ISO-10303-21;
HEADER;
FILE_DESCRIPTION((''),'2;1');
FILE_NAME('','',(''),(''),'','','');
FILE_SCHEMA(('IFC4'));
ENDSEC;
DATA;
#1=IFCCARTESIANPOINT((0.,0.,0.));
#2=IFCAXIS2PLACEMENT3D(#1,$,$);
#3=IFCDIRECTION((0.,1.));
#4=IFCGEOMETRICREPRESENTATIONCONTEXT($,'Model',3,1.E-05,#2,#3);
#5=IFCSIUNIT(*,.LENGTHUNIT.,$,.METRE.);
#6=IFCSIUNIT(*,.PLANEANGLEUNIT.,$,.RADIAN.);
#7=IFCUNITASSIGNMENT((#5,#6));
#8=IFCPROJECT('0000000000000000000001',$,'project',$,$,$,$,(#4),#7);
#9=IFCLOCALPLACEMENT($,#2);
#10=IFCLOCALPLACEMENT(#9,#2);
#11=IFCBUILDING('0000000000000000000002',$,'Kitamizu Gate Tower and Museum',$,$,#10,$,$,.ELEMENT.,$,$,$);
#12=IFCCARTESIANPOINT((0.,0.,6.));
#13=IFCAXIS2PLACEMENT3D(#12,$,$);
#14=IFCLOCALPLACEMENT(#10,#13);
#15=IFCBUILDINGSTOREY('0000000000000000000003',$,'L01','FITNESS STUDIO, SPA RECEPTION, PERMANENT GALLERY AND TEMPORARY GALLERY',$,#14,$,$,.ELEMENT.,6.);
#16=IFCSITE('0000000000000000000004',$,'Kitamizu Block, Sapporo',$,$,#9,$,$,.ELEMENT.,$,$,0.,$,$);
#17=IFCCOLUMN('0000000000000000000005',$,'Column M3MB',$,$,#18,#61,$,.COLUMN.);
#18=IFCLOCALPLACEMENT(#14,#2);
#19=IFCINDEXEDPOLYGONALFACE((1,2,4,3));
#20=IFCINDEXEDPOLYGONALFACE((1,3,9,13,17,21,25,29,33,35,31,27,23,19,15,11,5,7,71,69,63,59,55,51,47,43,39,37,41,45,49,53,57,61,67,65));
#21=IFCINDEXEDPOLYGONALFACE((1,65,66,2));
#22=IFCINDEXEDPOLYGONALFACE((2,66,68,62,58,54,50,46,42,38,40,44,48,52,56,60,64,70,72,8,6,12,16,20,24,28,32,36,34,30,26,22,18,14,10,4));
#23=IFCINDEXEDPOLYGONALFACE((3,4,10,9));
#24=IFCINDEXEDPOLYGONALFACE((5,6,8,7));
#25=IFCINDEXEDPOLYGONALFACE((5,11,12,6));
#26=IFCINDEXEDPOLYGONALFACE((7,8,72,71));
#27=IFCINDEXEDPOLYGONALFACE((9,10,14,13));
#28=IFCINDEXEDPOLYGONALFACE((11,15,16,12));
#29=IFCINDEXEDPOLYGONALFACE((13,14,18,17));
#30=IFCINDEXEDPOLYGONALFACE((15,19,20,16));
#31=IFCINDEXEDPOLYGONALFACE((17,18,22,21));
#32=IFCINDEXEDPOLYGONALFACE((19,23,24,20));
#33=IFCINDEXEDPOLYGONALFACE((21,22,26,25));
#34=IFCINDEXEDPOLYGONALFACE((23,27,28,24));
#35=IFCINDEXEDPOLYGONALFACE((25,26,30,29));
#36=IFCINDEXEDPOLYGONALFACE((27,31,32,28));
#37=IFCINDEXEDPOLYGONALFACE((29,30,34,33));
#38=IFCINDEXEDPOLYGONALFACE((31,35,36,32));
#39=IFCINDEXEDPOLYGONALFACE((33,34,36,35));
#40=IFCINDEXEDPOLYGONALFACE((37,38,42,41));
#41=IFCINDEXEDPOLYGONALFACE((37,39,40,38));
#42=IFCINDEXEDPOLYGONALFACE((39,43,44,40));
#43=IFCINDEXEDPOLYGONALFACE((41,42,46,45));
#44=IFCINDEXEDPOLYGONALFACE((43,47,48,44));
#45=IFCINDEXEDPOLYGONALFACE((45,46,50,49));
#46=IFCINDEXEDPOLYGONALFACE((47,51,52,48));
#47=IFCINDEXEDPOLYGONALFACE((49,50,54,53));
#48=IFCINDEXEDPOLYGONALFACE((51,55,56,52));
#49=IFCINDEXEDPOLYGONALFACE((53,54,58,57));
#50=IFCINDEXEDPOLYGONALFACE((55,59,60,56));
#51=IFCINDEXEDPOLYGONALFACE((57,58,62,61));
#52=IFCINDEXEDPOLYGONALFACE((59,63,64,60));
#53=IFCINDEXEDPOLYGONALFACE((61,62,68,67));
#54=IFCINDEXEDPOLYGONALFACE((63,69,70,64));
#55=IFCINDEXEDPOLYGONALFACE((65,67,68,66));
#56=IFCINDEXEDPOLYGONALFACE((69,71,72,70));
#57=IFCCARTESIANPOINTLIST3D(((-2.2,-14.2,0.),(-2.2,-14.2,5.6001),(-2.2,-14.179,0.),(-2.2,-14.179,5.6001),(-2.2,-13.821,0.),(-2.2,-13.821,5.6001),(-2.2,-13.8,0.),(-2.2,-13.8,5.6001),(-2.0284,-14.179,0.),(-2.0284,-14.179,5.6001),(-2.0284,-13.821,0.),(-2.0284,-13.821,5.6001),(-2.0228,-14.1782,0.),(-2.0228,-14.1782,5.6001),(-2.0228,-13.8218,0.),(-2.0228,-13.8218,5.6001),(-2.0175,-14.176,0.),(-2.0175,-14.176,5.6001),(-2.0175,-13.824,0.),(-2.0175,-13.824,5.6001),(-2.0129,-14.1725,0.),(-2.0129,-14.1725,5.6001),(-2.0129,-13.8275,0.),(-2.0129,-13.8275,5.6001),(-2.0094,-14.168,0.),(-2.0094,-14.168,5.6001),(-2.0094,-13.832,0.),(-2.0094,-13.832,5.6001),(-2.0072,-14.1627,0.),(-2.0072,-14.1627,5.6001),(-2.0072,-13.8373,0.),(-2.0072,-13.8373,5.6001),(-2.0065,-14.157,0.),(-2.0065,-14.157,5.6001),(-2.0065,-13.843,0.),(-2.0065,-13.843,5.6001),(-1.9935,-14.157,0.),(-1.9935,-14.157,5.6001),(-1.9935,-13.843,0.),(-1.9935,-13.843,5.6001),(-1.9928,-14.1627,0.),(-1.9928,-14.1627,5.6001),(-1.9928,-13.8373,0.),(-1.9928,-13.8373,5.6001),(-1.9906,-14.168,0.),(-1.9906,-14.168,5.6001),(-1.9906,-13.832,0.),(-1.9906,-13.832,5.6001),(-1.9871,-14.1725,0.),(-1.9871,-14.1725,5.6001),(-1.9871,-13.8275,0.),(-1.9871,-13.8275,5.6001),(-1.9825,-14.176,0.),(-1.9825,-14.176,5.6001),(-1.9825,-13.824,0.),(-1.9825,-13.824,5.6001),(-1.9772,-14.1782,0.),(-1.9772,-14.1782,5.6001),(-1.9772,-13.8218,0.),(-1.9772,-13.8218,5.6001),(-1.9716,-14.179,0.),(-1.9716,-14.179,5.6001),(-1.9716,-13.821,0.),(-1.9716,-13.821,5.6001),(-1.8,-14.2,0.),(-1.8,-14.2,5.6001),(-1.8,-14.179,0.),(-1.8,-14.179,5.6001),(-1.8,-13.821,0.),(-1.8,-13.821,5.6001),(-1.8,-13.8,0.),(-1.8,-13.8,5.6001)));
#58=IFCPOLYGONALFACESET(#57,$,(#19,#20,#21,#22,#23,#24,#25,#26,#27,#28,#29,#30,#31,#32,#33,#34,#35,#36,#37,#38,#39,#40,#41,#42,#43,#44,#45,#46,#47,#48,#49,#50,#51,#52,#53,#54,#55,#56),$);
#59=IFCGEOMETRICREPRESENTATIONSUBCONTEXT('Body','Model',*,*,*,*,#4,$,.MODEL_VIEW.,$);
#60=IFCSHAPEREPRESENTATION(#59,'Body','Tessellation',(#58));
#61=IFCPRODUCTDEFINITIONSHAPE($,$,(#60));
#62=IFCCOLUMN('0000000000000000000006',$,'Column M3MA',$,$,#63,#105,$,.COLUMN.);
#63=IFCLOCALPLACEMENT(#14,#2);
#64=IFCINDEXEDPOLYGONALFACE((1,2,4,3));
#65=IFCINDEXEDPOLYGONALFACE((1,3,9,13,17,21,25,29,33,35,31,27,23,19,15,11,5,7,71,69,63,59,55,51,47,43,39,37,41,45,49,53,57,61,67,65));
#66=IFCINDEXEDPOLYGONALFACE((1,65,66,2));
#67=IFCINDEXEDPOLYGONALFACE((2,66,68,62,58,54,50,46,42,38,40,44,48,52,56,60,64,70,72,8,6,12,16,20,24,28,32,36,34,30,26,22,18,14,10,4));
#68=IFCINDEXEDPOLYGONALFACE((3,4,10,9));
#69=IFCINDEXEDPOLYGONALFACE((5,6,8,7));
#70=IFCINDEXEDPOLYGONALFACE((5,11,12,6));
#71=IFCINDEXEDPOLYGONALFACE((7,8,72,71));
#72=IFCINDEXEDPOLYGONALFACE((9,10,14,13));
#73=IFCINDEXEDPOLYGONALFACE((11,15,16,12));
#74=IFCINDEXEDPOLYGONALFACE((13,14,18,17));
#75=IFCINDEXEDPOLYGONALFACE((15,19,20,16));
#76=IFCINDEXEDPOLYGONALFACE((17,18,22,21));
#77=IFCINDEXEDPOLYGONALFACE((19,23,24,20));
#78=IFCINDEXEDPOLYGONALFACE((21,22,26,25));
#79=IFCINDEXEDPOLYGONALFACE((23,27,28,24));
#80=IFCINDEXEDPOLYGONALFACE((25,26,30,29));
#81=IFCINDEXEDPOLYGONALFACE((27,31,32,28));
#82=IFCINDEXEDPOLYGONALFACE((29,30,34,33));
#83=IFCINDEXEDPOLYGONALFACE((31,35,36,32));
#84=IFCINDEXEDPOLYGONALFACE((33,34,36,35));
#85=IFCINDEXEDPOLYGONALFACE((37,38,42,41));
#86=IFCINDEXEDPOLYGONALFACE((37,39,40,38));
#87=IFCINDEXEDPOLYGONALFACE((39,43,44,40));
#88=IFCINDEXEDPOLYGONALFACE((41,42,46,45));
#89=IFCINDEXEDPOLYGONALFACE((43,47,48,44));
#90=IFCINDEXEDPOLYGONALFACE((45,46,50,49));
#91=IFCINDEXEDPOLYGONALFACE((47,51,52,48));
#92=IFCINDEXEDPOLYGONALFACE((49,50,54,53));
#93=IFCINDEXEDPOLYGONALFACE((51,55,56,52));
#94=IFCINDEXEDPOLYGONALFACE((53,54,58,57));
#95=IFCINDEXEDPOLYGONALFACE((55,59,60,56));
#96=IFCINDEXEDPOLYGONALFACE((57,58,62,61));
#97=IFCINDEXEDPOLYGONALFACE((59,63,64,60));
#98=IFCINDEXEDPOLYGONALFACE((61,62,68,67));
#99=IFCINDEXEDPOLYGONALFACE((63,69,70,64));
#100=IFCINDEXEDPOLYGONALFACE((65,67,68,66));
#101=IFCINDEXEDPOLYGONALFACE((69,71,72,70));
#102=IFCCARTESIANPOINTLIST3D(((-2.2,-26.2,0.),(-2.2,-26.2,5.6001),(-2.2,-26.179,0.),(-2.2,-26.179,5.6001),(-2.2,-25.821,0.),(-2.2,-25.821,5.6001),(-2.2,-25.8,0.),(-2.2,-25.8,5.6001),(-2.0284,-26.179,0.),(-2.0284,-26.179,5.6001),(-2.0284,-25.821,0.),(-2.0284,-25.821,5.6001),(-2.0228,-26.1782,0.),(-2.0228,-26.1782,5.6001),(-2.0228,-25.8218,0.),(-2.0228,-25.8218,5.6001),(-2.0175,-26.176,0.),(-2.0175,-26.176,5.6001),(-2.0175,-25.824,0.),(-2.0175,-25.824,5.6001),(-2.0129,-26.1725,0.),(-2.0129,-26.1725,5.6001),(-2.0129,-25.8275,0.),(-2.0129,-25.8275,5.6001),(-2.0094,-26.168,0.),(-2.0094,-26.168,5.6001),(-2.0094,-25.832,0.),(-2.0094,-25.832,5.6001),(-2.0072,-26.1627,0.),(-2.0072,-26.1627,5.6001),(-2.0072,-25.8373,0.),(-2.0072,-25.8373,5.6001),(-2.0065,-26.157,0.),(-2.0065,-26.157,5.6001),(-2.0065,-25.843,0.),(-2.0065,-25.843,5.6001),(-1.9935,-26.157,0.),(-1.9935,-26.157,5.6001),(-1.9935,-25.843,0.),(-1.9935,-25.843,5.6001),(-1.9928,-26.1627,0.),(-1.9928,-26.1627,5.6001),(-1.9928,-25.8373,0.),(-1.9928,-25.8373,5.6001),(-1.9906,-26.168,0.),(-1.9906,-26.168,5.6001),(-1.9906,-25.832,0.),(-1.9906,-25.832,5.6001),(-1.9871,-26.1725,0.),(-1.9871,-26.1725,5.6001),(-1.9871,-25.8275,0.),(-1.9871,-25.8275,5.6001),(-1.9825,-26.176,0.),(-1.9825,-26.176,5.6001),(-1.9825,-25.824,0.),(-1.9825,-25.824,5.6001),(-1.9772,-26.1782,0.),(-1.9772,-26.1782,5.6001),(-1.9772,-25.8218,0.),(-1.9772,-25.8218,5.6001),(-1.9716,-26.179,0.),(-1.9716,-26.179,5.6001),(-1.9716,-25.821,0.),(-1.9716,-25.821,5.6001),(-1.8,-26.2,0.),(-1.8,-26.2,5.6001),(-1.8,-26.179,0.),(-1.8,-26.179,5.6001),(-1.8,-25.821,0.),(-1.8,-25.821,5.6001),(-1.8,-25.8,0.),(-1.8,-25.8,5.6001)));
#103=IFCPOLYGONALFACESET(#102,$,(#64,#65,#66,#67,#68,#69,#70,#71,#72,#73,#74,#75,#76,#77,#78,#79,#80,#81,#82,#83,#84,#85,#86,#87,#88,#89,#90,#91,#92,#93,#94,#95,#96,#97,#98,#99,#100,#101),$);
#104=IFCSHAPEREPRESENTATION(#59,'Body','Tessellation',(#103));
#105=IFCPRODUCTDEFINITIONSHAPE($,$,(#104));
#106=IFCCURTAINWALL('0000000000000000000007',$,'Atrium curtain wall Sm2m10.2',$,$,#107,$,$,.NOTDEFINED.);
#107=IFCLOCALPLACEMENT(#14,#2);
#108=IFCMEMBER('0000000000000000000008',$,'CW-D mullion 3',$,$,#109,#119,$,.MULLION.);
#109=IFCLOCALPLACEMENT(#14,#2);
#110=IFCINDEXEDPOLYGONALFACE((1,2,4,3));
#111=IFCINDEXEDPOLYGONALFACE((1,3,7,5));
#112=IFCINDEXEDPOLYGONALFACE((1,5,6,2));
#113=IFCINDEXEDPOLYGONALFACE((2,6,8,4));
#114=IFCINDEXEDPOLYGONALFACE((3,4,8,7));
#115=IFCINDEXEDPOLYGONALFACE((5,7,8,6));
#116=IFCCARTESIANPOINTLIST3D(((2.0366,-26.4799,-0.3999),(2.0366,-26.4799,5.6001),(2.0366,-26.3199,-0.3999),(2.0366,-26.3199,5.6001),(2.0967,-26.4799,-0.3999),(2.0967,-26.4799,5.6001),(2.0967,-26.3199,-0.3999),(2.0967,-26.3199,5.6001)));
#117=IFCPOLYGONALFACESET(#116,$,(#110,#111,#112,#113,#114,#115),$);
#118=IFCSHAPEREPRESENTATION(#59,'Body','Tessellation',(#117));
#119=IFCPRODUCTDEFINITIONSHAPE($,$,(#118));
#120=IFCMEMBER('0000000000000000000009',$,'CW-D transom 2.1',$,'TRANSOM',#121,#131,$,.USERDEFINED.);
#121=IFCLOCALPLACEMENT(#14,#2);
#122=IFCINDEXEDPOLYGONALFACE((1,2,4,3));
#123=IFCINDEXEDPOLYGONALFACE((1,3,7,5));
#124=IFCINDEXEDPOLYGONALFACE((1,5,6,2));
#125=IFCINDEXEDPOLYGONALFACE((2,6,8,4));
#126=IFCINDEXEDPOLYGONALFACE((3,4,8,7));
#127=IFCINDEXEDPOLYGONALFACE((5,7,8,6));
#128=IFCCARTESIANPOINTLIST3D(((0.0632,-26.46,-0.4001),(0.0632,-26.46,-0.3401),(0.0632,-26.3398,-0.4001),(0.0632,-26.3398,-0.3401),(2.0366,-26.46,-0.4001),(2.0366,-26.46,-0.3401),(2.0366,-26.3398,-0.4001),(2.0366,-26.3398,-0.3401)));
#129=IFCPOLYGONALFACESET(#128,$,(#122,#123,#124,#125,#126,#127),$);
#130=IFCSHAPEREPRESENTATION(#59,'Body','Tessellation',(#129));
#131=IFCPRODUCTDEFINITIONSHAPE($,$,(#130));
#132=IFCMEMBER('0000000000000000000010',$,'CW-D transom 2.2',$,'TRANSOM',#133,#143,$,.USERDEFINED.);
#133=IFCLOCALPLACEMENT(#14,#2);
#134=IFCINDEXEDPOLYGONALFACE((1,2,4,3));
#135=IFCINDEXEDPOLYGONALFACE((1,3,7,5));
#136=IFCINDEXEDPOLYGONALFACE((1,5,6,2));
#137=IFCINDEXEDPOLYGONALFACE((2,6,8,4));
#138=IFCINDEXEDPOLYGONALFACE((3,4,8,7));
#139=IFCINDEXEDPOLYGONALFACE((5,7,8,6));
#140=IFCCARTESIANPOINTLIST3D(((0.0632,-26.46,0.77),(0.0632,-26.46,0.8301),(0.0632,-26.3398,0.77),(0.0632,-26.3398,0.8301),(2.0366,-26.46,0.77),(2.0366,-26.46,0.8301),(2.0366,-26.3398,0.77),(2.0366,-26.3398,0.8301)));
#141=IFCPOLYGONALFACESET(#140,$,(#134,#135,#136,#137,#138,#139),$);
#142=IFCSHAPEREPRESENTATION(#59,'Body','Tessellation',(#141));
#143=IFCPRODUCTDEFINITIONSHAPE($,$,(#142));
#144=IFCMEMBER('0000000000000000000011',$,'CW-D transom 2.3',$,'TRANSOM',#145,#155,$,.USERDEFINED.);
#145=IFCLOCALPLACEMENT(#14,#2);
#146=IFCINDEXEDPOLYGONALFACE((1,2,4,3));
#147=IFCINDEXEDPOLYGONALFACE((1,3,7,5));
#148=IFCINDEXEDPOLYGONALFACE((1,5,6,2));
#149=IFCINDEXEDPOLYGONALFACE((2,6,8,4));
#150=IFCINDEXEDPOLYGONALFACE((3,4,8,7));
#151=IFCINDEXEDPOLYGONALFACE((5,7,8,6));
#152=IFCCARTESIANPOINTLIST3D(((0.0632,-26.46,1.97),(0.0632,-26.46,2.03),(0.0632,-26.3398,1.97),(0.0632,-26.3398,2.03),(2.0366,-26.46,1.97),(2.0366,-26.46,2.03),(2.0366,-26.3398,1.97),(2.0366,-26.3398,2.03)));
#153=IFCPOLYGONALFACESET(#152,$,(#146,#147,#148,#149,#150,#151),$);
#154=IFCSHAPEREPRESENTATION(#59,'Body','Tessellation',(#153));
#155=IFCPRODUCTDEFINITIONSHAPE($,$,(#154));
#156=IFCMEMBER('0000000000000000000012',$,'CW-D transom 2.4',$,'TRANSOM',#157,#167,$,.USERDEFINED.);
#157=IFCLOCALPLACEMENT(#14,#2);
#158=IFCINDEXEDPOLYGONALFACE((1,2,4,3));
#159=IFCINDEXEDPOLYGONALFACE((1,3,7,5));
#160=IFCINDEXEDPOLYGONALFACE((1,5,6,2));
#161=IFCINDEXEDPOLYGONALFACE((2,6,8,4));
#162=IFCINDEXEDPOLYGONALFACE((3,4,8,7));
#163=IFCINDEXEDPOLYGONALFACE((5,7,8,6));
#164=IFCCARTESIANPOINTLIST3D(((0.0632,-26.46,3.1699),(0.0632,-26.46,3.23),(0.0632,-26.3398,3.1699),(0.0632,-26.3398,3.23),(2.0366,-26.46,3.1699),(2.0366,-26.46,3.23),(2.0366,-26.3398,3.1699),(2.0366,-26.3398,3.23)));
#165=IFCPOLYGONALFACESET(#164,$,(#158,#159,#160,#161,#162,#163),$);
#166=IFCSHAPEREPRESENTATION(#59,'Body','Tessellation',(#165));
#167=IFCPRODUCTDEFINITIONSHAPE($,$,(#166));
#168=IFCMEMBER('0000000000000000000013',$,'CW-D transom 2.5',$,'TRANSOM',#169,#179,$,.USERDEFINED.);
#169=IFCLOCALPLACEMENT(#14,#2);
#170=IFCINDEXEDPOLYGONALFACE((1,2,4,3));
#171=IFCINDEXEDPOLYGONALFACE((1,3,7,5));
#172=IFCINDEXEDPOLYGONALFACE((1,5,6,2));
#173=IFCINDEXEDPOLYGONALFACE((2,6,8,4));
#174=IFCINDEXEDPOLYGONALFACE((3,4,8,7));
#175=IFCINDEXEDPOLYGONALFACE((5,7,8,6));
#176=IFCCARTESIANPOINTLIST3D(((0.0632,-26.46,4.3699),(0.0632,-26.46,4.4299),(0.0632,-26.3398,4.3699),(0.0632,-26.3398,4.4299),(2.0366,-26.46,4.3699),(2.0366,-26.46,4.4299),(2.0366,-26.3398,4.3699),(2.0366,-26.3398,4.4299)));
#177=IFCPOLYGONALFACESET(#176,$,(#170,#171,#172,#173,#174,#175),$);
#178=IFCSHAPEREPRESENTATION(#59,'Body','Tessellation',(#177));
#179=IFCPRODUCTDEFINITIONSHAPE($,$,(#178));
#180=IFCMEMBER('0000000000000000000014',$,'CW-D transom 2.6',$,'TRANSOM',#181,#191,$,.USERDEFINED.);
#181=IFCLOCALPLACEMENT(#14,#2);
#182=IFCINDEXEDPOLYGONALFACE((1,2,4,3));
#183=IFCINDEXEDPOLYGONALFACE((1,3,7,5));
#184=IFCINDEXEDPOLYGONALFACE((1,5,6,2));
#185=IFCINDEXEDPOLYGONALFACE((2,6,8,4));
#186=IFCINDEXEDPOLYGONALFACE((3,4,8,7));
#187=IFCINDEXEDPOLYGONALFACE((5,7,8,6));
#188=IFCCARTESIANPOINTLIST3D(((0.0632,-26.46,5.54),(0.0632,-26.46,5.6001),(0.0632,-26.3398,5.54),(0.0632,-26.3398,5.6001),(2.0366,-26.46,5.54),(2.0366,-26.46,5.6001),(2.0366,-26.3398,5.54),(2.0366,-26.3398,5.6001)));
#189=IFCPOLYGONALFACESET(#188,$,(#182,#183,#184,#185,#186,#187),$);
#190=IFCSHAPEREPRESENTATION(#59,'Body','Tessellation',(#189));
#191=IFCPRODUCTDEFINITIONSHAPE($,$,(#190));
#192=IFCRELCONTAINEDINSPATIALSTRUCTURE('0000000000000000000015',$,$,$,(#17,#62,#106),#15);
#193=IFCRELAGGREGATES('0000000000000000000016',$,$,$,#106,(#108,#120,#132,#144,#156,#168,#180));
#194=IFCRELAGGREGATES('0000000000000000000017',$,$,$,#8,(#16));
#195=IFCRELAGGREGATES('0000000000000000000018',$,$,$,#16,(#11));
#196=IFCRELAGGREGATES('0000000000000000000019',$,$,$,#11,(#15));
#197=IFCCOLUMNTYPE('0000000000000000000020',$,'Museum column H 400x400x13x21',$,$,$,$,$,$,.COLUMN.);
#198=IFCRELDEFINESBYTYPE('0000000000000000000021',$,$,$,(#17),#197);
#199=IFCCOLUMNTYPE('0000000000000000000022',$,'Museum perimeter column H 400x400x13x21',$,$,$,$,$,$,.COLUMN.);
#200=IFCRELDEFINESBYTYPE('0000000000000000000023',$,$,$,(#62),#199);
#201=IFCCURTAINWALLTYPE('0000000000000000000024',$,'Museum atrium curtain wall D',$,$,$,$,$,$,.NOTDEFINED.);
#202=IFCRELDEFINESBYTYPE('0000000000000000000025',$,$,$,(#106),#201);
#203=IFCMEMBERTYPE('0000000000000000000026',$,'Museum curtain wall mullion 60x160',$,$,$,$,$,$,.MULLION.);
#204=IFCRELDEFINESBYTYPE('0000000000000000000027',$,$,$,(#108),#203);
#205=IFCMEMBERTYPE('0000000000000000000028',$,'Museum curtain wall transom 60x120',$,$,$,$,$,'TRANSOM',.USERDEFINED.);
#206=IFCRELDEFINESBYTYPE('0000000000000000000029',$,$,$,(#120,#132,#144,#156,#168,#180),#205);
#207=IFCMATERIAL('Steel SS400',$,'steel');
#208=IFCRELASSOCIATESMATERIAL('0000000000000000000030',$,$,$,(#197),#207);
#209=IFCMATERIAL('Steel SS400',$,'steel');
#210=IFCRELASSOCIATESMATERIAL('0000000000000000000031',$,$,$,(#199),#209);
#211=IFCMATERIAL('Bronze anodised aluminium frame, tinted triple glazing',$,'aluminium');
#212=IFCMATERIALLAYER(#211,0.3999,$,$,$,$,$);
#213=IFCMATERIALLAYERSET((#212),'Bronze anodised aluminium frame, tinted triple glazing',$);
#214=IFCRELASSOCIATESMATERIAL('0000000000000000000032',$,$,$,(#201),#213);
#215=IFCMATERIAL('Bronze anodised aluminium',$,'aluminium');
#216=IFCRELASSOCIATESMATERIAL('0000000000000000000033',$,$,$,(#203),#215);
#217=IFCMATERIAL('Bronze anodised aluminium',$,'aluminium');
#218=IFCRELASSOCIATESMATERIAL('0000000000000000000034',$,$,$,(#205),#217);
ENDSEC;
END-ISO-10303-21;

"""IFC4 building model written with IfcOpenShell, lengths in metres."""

from ifc_helpers import new_model, si_unit, direction, frame, origin, origin_2d, place, context, subcontext, project, spatial, rectangle, i_section, extrude, material, layer, layer_set, material_profile, profile_set, type_object, element, aggregate, save


model = new_model("IFC4")

# Units and contexts
model_context = context("Model", 3, precision=1e-05, world=origin(), true_north=direction((0.0, 1.0)))
body_context = subcontext(model_context, "Body", "Model", "MODEL_VIEW")
ifc_project = project(units=[si_unit("LENGTHUNIT", "METRE"), si_unit("PLANEANGLEUNIT", "RADIAN")], contexts=[model_context])

# Site, building, storey
site_placement = place(None, origin())
site = spatial("IfcSite", under=ifc_project, at=site_placement, Name="Kitamizu Block, Sapporo", CompositionType="ELEMENT", RefElevation=0.0)
building_placement = place(site_placement, origin())
building = spatial("IfcBuilding", under=site, at=building_placement, Name="Kitamizu Gate Tower and Museum", CompositionType="ELEMENT")
storey_placement = place(building_placement, frame((0.0, 0.0, 6.0)))
storey = spatial("IfcBuildingStorey", under=building, at=storey_placement, Name="L01", Description="FITNESS STUDIO, SPA RECEPTION, PERMANENT GALLERY AND TEMPORARY GALLERY", CompositionType="ELEMENT", Elevation=6.0)

# Columns
ifc_material_1 = material(Name="Steel SS400", Category="steel")
ifc_material_profile_1 = material_profile(ifc_material_1, i_section(OverallWidth=0.3999, OverallDepth=0.3999, WebThickness=0.0129, FlangeThickness=0.021, FilletRadius=0.022, at=origin_2d()), Name="H-400x400x13x21")
ifc_profile_set_1 = profile_set([ifc_material_profile_1], Name="Steel SS400")
column_type_1 = type_object("IfcColumnType", Name="Museum column H 400x400x13x21", PredefinedType="COLUMN", material=ifc_profile_set_1)
column_1_placement = place(storey_placement, frame((-2.0, -14.0, 0.0), z_axis=(0.0, 0.0, 1.0), x_axis=(1.0, 0.0, 0.0)))
element("IfcColumn", 1, at=column_1_placement, inside=storey, type_object=column_type_1, Name="Column M3MB", PredefinedType="COLUMN", context=body_context, shape_type="SweptSolid", body=[
    extrude(i_section(OverallWidth=0.3999, OverallDepth=0.3999, WebThickness=0.0129, FlangeThickness=0.021, FilletRadius=0.022, at=origin_2d()), origin(), (0.0, 0.0, 1.0), 5.6001),
])
ifc_material_2 = material(Name="Steel SS400", Category="steel")
ifc_material_profile_2 = material_profile(ifc_material_2, i_section(OverallWidth=0.3999, OverallDepth=0.3999, WebThickness=0.0129, FlangeThickness=0.021, FilletRadius=0.022, at=origin_2d()), Name="H-400x400x13x21")
ifc_profile_set_2 = profile_set([ifc_material_profile_2], Name="Steel SS400")
column_type_2 = type_object("IfcColumnType", Name="Museum perimeter column H 400x400x13x21", PredefinedType="COLUMN", material=ifc_profile_set_2)
column_2_placement = place(storey_placement, frame((-2.0, -26.0, 0.0), z_axis=(0.0, 0.0, 1.0), x_axis=(1.0, 0.0, 0.0)))
element("IfcColumn", 2, at=column_2_placement, inside=storey, type_object=column_type_2, Name="Column M3MA", PredefinedType="COLUMN", context=body_context, shape_type="SweptSolid", body=[
    extrude(i_section(OverallWidth=0.3999, OverallDepth=0.3999, WebThickness=0.0129, FlangeThickness=0.021, FilletRadius=0.022, at=origin_2d()), origin(), (0.0, 0.0, 1.0), 5.6001),
])

# Curtain wall, members
ifc_material_3 = material(Name="Bronze anodised aluminium frame, tinted triple glazing", Category="aluminium")
ifc_layer_1 = layer(ifc_material_3, 0.3999)
ifc_layer_set_1 = layer_set([ifc_layer_1], Name="Bronze anodised aluminium frame, tinted triple glazing")
curtain_wall_type = type_object("IfcCurtainWallType", Name="Museum atrium curtain wall D", PredefinedType="NOTDEFINED", material=ifc_layer_set_1)
curtain_wall_placement = place(storey_placement, origin())
curtain_wall = element("IfcCurtainWall", 3, at=curtain_wall_placement, inside=storey, type_object=curtain_wall_type, Name="Atrium curtain wall Sm2m10.2", PredefinedType="NOTDEFINED")
ifc_material_4 = material(Name="Bronze anodised aluminium", Category="aluminium")
ifc_material_profile_3 = material_profile(ifc_material_4, rectangle(XDim=0.0601, YDim=0.1599, at=origin_2d()), Name="60x160")
ifc_profile_set_3 = profile_set([ifc_material_profile_3], Name="Bronze anodised aluminium")
member_type_1 = type_object("IfcMemberType", Name="Museum curtain wall mullion 60x160", PredefinedType="MULLION", material=ifc_profile_set_3)
member_1_placement = place(storey_placement, frame((2.0667, -26.3999, -0.3999), z_axis=(0.0, 0.0, 1.0), x_axis=(1.0, 0.0, 0.0)))
member_1 = element("IfcMember", 4, at=member_1_placement, type_object=member_type_1, Name="CW-D mullion 3", PredefinedType="MULLION", context=body_context, shape_type="SweptSolid", body=[
    extrude(rectangle(XDim=0.0601, YDim=0.1599, at=origin_2d()), origin(), (0.0, 0.0, 1.0), 6.0),
])
ifc_material_5 = material(Name="Bronze anodised aluminium", Category="aluminium")
ifc_material_profile_4 = material_profile(ifc_material_5, rectangle(XDim=0.1201, YDim=0.0601, at=origin_2d()), Name="120x60")
ifc_profile_set_4 = profile_set([ifc_material_profile_4], Name="Bronze anodised aluminium")
member_type_2 = type_object("IfcMemberType", Name="Museum curtain wall transom 60x120", ElementType="TRANSOM", PredefinedType="USERDEFINED", material=ifc_profile_set_4)
member_2_placement = place(storey_placement, frame((0.0632, -26.3999, -0.3701), z_axis=(1.0, 0.0, 0.0), x_axis=(0.0, 1.0, 0.0)))
member_2 = element("IfcMember", 5, at=member_2_placement, type_object=member_type_2, Name="CW-D transom 2.1", ObjectType="TRANSOM", PredefinedType="USERDEFINED", context=body_context, shape_type="SweptSolid", body=[
    extrude(rectangle(XDim=0.1201, YDim=0.0601, at=origin_2d()), origin(), (0.0, 0.0, 1.0), 1.9734),
])
member_3_placement = place(storey_placement, frame((0.0632, -26.3999, 0.8), z_axis=(1.0, 0.0, 0.0), x_axis=(0.0, 1.0, 0.0)))
member_3 = element("IfcMember", 6, at=member_3_placement, type_object=member_type_2, Name="CW-D transom 2.2", ObjectType="TRANSOM", PredefinedType="USERDEFINED", context=body_context, shape_type="SweptSolid", body=[
    extrude(rectangle(XDim=0.1201, YDim=0.0601, at=origin_2d()), origin(), (0.0, 0.0, 1.0), 1.9734),
])
member_4_placement = place(storey_placement, frame((0.0632, -26.3999, 2.0), z_axis=(1.0, 0.0, 0.0), x_axis=(0.0, 1.0, 0.0)))
member_4 = element("IfcMember", 7, at=member_4_placement, type_object=member_type_2, Name="CW-D transom 2.3", ObjectType="TRANSOM", PredefinedType="USERDEFINED", context=body_context, shape_type="SweptSolid", body=[
    extrude(rectangle(XDim=0.1201, YDim=0.0601, at=origin_2d()), origin(), (0.0, 0.0, 1.0), 1.9734),
])
member_5_placement = place(storey_placement, frame((0.0632, -26.3999, 3.2), z_axis=(1.0, 0.0, 0.0), x_axis=(0.0, 1.0, 0.0)))
member_5 = element("IfcMember", 8, at=member_5_placement, type_object=member_type_2, Name="CW-D transom 2.4", ObjectType="TRANSOM", PredefinedType="USERDEFINED", context=body_context, shape_type="SweptSolid", body=[
    extrude(rectangle(XDim=0.1201, YDim=0.0601, at=origin_2d()), origin(), (0.0, 0.0, 1.0), 1.9734),
])
member_6_placement = place(storey_placement, frame((0.0632, -26.3999, 4.3999), z_axis=(1.0, 0.0, 0.0), x_axis=(0.0, 1.0, 0.0)))
member_6 = element("IfcMember", 9, at=member_6_placement, type_object=member_type_2, Name="CW-D transom 2.5", ObjectType="TRANSOM", PredefinedType="USERDEFINED", context=body_context, shape_type="SweptSolid", body=[
    extrude(rectangle(XDim=0.1201, YDim=0.0601, at=origin_2d()), origin(), (0.0, 0.0, 1.0), 1.9734),
])
member_7_placement = place(storey_placement, frame((0.0632, -26.3999, 5.5701), z_axis=(1.0, 0.0, 0.0), x_axis=(0.0, 1.0, 0.0)))
member_7 = element("IfcMember", 10, at=member_7_placement, type_object=member_type_2, Name="CW-D transom 2.6", ObjectType="TRANSOM", PredefinedType="USERDEFINED", context=body_context, shape_type="SweptSolid", body=[
    extrude(rectangle(XDim=0.1201, YDim=0.0601, at=origin_2d()), origin(), (0.0, 0.0, 1.0), 1.9734),
])

aggregate(curtain_wall, [member_1, member_2, member_3, member_4, member_5, member_6, member_7])

save(model, "model.ifc")
